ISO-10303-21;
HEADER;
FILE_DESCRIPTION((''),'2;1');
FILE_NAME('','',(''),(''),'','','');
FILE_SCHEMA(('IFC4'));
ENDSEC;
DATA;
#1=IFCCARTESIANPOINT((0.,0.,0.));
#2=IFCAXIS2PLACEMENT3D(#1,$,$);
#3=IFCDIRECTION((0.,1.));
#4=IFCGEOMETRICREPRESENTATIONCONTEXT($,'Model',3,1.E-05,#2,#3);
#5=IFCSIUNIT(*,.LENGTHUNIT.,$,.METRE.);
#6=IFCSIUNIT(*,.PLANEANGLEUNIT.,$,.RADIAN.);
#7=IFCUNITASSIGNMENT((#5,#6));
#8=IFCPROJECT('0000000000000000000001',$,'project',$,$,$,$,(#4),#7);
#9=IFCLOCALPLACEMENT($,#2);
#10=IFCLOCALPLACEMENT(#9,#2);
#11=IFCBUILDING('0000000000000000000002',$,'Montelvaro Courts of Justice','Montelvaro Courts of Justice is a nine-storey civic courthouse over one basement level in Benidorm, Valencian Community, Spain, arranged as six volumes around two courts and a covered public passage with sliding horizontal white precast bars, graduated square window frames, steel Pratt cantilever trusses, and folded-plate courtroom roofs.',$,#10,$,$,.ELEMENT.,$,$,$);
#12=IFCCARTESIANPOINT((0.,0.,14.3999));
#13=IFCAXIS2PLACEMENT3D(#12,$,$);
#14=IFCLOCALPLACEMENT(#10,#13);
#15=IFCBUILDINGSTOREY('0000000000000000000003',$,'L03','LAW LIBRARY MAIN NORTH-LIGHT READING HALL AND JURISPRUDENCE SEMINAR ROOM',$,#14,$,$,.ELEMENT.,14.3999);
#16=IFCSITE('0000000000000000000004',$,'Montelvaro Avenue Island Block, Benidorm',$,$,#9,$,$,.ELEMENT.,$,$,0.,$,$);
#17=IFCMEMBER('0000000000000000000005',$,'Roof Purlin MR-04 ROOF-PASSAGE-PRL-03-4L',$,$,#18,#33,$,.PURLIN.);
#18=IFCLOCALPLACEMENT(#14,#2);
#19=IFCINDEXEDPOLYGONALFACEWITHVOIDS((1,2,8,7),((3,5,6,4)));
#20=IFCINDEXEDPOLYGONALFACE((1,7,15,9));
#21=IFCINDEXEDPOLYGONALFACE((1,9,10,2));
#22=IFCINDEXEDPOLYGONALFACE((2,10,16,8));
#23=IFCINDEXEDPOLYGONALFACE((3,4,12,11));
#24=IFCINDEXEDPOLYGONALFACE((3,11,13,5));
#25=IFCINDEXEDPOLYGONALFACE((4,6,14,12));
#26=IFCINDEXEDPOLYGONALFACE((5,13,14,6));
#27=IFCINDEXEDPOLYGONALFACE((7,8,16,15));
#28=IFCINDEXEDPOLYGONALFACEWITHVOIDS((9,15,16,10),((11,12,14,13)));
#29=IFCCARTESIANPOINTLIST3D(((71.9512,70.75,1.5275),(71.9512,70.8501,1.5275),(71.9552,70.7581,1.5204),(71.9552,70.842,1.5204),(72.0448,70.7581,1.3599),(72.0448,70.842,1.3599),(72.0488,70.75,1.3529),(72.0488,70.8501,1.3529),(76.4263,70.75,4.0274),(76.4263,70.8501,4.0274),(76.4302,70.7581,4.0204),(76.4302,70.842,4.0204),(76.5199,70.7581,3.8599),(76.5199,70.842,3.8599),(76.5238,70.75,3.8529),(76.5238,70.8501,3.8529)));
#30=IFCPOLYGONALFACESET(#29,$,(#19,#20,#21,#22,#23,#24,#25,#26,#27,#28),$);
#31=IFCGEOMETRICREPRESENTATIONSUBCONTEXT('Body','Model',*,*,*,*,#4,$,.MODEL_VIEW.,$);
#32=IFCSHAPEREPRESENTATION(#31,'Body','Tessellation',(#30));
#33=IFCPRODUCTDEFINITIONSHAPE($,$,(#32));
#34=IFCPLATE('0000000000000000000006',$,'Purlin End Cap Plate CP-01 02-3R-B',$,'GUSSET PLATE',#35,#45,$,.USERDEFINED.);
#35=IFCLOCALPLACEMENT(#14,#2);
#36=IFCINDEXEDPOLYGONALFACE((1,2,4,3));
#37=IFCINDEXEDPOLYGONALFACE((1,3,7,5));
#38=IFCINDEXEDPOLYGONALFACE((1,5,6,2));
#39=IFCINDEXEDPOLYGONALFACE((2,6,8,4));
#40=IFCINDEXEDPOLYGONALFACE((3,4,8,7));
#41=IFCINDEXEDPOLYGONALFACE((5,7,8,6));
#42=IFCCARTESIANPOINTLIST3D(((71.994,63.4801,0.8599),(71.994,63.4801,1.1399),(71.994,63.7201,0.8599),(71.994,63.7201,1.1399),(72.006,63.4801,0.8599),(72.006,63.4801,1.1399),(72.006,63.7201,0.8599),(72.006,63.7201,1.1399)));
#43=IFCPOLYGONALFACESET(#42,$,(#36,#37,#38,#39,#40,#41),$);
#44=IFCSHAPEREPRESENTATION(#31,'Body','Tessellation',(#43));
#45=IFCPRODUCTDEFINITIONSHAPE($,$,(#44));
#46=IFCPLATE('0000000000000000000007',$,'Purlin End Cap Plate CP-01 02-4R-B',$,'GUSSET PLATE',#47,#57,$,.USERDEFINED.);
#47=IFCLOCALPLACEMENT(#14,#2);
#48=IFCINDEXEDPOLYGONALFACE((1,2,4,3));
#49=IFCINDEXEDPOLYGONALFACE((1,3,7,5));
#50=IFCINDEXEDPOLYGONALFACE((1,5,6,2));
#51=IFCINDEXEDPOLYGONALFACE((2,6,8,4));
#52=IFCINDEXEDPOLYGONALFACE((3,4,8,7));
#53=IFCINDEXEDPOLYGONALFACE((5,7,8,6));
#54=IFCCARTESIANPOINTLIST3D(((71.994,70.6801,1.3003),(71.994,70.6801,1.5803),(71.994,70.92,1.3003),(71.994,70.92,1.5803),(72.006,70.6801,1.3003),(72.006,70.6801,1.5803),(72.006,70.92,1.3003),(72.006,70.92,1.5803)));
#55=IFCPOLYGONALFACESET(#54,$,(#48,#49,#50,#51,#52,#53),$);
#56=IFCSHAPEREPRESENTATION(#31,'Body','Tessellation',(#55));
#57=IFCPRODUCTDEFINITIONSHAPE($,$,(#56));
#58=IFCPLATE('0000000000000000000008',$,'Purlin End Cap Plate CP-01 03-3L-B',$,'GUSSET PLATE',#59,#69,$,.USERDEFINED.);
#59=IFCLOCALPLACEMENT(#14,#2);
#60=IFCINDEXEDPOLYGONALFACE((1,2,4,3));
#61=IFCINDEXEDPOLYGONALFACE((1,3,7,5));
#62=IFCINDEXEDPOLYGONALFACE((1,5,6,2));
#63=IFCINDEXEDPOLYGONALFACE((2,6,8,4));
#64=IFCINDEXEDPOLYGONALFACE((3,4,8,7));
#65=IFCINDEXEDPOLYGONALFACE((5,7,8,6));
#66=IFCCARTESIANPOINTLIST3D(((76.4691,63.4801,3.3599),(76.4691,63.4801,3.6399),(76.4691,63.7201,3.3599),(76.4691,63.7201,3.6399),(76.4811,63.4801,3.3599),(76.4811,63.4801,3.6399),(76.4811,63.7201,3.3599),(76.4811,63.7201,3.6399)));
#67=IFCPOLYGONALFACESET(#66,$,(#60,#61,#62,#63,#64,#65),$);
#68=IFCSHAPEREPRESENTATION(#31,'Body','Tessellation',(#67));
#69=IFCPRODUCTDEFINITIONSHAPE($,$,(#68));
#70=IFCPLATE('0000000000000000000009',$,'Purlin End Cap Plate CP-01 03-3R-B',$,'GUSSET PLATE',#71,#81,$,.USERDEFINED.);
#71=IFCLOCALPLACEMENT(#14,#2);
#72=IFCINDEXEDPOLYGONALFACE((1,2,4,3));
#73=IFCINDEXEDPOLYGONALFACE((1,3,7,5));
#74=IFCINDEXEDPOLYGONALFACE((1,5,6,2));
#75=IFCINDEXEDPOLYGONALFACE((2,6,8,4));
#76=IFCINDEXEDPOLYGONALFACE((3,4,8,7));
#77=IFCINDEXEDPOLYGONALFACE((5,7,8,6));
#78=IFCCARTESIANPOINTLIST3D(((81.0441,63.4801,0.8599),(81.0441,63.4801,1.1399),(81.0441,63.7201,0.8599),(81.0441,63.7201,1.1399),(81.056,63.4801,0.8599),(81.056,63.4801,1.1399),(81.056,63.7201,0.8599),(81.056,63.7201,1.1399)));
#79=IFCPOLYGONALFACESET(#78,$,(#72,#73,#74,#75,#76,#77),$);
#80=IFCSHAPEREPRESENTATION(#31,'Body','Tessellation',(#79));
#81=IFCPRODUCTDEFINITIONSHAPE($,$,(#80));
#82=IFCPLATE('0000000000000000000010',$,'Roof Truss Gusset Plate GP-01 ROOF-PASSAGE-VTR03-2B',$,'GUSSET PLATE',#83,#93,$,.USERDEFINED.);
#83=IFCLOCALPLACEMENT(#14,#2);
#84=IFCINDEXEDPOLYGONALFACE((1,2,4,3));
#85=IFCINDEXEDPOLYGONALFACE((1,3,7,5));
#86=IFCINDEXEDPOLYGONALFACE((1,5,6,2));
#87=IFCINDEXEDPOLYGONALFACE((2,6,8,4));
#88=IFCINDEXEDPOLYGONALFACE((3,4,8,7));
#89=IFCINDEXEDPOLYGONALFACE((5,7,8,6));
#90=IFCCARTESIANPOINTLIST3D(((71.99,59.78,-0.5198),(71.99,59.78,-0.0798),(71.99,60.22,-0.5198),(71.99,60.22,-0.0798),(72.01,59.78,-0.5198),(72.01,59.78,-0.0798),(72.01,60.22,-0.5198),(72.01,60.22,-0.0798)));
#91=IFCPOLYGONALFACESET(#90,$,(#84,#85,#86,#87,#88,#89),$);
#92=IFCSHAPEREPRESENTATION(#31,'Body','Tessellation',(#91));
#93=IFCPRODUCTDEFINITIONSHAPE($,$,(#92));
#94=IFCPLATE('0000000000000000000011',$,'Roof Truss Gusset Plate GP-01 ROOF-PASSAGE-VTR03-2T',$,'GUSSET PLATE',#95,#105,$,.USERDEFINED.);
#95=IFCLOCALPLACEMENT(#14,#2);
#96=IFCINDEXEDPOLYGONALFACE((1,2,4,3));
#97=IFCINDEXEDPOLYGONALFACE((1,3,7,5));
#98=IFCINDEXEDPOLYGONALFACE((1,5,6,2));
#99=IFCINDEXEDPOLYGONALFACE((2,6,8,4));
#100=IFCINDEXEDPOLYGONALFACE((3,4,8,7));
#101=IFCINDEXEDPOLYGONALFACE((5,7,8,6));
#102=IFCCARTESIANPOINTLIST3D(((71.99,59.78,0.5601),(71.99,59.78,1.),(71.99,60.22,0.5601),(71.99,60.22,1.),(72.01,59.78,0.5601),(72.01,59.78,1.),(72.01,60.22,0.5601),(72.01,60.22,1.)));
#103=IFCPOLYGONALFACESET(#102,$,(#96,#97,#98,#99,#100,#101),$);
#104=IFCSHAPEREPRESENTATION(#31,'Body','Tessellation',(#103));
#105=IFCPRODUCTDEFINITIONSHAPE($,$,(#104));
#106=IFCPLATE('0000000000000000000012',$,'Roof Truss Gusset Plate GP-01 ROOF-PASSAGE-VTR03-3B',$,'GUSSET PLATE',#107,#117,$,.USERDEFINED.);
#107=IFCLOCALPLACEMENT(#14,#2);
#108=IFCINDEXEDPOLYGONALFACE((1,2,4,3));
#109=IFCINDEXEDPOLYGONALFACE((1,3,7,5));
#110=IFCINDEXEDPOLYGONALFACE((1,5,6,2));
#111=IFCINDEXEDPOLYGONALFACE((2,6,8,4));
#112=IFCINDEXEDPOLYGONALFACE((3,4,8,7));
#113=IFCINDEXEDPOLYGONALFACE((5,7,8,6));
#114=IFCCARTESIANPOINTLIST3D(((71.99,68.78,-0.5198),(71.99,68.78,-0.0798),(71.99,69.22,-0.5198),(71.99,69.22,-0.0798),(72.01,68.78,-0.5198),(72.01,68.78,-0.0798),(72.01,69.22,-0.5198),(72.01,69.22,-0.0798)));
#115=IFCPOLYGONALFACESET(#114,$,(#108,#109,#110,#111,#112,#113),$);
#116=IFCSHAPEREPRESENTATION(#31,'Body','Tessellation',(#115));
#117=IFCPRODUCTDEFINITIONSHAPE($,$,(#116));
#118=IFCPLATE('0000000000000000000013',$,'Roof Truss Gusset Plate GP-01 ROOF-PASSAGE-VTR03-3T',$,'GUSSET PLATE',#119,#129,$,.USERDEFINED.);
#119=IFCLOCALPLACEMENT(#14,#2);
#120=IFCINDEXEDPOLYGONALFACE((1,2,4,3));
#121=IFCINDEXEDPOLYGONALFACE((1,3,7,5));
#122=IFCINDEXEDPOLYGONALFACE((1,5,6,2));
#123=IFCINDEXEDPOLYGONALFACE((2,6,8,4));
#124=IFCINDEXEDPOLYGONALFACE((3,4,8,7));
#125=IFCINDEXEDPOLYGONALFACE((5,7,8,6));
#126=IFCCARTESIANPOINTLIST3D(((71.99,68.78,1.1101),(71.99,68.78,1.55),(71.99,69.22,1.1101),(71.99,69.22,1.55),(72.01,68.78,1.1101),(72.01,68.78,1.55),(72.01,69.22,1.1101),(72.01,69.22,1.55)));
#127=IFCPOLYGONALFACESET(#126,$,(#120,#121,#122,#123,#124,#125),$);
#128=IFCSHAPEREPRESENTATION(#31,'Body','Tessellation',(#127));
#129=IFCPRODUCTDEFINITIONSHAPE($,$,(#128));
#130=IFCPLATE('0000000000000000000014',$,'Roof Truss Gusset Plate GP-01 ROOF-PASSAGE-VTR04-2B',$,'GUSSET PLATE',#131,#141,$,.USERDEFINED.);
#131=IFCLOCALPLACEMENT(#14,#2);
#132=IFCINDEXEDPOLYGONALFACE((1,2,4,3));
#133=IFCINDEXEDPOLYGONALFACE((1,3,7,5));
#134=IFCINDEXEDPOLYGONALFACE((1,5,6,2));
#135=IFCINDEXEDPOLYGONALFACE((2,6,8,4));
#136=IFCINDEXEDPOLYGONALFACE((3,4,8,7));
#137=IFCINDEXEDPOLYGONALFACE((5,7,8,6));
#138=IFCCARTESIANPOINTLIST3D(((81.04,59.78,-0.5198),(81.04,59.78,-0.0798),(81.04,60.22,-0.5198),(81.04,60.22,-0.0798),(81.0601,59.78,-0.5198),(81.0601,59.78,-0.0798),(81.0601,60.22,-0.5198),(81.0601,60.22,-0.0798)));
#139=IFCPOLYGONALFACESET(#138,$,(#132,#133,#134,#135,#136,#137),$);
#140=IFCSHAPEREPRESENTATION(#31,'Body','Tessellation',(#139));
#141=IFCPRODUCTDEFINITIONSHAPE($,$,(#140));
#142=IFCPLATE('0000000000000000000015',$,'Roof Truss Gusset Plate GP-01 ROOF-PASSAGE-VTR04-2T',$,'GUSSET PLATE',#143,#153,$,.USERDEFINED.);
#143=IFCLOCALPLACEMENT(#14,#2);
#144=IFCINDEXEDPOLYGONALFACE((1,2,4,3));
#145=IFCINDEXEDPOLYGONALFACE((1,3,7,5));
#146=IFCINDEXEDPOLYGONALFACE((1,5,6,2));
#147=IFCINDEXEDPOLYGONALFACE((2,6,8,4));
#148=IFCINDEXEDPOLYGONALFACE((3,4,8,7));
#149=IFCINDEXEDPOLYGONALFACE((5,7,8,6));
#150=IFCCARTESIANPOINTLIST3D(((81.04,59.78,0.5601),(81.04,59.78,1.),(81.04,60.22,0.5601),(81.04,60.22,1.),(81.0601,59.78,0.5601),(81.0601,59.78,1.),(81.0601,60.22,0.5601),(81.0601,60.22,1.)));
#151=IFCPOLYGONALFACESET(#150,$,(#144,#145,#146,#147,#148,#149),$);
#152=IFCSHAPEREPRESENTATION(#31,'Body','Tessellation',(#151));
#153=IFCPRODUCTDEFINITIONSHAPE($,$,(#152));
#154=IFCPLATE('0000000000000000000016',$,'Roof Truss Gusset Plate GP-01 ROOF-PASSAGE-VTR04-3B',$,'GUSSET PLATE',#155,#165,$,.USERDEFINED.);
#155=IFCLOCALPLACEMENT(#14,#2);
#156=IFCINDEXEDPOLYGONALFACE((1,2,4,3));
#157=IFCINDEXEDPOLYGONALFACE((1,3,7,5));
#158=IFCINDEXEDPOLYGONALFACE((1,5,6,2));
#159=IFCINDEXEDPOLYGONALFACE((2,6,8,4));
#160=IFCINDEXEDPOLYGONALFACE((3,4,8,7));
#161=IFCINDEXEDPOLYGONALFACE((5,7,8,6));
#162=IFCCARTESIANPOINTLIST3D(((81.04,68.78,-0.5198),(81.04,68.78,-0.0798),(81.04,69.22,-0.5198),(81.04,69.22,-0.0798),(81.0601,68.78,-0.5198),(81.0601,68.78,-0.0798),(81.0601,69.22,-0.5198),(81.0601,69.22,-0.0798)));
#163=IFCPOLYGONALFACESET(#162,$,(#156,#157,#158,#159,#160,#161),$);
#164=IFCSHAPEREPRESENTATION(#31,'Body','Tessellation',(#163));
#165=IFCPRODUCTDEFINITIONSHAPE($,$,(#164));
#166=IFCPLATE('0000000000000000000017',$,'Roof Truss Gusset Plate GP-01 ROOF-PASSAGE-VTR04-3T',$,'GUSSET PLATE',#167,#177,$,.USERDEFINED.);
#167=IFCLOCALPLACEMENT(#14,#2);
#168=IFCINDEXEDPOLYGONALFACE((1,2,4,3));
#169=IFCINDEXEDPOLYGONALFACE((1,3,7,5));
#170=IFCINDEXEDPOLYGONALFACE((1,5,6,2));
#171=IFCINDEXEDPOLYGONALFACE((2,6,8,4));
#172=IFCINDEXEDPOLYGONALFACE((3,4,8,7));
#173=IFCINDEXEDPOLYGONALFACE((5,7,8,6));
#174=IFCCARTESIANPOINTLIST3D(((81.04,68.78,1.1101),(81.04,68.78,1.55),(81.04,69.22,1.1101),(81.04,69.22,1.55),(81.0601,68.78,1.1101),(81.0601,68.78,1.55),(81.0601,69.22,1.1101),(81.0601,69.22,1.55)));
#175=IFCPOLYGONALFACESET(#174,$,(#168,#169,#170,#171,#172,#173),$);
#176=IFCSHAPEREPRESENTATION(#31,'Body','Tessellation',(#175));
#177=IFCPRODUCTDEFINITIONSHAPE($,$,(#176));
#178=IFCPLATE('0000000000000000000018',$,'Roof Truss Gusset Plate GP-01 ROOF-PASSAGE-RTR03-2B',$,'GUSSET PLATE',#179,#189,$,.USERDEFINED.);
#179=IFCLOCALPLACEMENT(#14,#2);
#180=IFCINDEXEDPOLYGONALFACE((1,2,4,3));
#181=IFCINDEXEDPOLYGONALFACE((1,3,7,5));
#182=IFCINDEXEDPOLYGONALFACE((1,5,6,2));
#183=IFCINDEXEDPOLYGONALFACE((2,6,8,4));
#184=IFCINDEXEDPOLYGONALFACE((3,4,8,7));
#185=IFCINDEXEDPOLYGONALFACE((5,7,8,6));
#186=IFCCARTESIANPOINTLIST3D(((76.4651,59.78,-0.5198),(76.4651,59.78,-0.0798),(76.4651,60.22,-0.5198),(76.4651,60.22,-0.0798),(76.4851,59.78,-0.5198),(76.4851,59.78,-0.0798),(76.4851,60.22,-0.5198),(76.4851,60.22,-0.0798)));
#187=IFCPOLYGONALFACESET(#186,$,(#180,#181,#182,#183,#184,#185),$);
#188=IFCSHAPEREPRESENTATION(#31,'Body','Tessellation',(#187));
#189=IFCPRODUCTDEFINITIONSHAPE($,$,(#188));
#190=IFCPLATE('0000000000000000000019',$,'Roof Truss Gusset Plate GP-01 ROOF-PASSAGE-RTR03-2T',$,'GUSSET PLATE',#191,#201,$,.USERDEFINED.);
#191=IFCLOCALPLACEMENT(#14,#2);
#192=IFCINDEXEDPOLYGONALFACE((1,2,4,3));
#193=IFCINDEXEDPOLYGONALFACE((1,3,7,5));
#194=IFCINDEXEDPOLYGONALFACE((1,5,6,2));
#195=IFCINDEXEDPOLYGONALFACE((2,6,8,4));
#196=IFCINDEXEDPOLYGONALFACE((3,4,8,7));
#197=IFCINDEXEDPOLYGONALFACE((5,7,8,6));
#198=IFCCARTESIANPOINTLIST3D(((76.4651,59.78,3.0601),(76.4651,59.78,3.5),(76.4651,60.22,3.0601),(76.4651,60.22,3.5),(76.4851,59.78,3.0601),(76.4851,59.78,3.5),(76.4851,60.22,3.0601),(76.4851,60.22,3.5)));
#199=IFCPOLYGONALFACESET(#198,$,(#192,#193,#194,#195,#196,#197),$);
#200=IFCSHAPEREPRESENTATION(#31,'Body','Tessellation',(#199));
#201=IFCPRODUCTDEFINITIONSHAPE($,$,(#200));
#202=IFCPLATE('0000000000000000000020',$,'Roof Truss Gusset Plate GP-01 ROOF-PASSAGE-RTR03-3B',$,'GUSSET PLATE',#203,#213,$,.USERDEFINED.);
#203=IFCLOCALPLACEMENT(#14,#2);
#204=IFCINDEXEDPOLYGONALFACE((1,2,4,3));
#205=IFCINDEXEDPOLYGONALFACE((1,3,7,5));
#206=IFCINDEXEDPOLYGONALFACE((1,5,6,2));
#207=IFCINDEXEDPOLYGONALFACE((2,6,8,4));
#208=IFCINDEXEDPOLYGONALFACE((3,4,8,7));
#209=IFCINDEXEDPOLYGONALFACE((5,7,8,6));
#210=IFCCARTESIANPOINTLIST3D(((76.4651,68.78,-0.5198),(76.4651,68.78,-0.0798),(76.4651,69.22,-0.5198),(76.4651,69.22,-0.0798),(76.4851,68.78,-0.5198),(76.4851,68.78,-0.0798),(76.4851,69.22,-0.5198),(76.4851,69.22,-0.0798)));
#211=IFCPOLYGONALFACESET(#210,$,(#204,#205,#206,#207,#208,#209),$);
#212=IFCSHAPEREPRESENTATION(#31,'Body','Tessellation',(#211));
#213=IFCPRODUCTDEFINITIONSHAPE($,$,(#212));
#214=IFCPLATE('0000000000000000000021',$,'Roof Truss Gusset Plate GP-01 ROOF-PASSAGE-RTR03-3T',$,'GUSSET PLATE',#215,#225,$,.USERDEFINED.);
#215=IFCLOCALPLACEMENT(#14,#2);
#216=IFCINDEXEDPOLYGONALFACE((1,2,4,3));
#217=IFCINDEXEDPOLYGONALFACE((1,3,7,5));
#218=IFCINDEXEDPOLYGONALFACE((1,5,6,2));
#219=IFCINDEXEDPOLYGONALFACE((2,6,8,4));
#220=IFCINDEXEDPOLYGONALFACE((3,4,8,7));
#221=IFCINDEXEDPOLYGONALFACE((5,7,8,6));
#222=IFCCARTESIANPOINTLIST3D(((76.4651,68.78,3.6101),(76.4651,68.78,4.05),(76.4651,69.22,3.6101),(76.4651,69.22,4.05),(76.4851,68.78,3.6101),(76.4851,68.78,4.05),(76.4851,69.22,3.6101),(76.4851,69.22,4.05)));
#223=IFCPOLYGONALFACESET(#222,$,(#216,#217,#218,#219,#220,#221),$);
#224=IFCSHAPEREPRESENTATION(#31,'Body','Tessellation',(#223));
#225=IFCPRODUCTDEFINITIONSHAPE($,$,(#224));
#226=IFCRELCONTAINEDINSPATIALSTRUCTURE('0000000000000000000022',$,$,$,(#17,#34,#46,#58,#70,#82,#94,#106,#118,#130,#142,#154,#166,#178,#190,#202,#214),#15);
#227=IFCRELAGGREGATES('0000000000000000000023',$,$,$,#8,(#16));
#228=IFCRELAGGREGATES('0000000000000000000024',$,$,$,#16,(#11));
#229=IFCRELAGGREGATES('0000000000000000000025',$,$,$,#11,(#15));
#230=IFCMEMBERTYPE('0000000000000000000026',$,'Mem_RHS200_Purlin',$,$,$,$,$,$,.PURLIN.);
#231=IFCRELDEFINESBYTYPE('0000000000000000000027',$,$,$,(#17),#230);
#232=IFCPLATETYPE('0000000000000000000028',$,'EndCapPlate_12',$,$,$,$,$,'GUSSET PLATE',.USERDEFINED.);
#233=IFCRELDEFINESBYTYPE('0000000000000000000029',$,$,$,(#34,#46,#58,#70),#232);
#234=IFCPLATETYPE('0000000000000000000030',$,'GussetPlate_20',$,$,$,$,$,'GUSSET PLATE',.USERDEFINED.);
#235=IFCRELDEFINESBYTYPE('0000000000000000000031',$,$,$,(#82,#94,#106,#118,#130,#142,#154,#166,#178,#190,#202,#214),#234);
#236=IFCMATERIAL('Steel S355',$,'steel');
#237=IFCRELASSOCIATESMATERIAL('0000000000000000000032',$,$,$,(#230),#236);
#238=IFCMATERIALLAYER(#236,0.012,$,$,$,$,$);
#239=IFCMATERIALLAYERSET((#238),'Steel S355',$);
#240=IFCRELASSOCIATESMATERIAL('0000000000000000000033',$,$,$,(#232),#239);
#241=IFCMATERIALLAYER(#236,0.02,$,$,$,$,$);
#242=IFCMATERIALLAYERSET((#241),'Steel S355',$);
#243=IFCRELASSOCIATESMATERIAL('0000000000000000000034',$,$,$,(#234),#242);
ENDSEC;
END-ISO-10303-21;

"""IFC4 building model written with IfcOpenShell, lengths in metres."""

from ifc_helpers import new_model, si_unit, direction, frame, origin, origin_2d, place, context, subcontext, project, spatial, rectangle, hollow_rectangle, extrude, material, layer, layer_set, material_profile, profile_set, type_object, element, save


model = new_model("IFC4")

# Units and contexts
model_context = context("Model", 3, precision=1e-05, world=origin(), true_north=direction((0.0, 1.0)))
body_context = subcontext(model_context, "Body", "Model", "MODEL_VIEW")
ifc_project = project(units=[si_unit("LENGTHUNIT", "METRE"), si_unit("PLANEANGLEUNIT", "RADIAN")], contexts=[model_context])

# Site, building, storey
site_placement = place(None, origin())
site = spatial("IfcSite", under=ifc_project, at=site_placement, Name="Montelvaro Avenue Island Block, Benidorm", CompositionType="ELEMENT", RefElevation=0.0)
building_placement = place(site_placement, origin())
building = spatial("IfcBuilding", under=site, at=building_placement, Name="Montelvaro Courts of Justice", Description="Montelvaro Courts of Justice is a nine-storey civic courthouse over one basement level in Benidorm, Valencian Community, Spain, arranged as six volumes around two courts and a covered public passage with sliding horizontal white precast bars, graduated square window frames, steel Pratt cantilever trusses, and folded-plate courtroom roofs.", CompositionType="ELEMENT")
storey_placement = place(building_placement, frame((0.0, 0.0, 14.3999)))
storey = spatial("IfcBuildingStorey", under=building, at=storey_placement, Name="L03", Description="LAW LIBRARY MAIN NORTH-LIGHT READING HALL AND JURISPRUDENCE SEMINAR ROOM", CompositionType="ELEMENT", Elevation=14.3999)

# Member
ifc_material = material(Name="Steel S355", Category="steel")
ifc_material_profile_1 = material_profile(ifc_material, hollow_rectangle(XDim=0.1001, YDim=0.2, WallThickness=0.0081, at=origin_2d()), Name="RHS 200x100x8")
ifc_profile_set_1 = profile_set([ifc_material_profile_1], Name="Steel S355")
member_type_1 = type_object("IfcMemberType", Name="Mem_RHS200_Purlin", PredefinedType="PURLIN", material=ifc_profile_set_1)
member_1_placement = place(storey_placement, frame((72.0, 70.8, 1.4402), z_axis=(0.873009, 0.0, 0.487704), x_axis=(0.0, 1.0, 0.0)))
element("IfcMember", 1, at=member_1_placement, inside=storey, type_object=member_type_1, Name="Roof Purlin MR-04 ROOF-PASSAGE-PRL-03-4L", PredefinedType="PURLIN", context=body_context, shape_type="SweptSolid", body=[
    extrude(hollow_rectangle(XDim=0.1001, YDim=0.2, WallThickness=0.0081, at=origin_2d()), origin(), (0.0, 0.0, 1.0), 5.126),
])

# Plates
ifc_layer_1 = layer(ifc_material, 0.012)
ifc_layer_set_1 = layer_set([ifc_layer_1], Name="Steel S355")
plate_type_1 = type_object("IfcPlateType", Name="EndCapPlate_12", ElementType="GUSSET PLATE", PredefinedType="USERDEFINED", material=ifc_layer_set_1)
for number, where, z_axis, x_axis, name in (
    (2, (72.0, 63.6001, 0.8599), (0.0, 0.0, 1.0), (1.0, 0.0, 0.0), "Purlin End Cap Plate CP-01 02-3R-B"),
    (3, (72.0, 70.8, 1.3003), (0.0, 0.0, 1.0), (1.0, 0.0, 0.0), "Purlin End Cap Plate CP-01 02-4R-B"),
    (4, (76.4751, 63.6001, 3.3599), (0.0, 0.0, 1.0), (1.0, 0.0, 0.0), "Purlin End Cap Plate CP-01 03-3L-B"),
    (5, (81.05, 63.6001, 0.8599), (0.0, 0.0, 1.0), (1.0, 0.0, 0.0), "Purlin End Cap Plate CP-01 03-3R-B"),
):
    element("IfcPlate", number, at=place(storey_placement, frame(where, z_axis=z_axis, x_axis=x_axis)), inside=storey, type_object=plate_type_1, Name=name, ObjectType="GUSSET PLATE", PredefinedType="USERDEFINED", context=body_context, shape_type="SweptSolid", body=[
        extrude(rectangle(XDim=0.012, YDim=0.24, at=origin_2d()), origin(), (0.0, 0.0, 1.0), 0.28),
    ])
ifc_layer_2 = layer(ifc_material, 0.02)
ifc_layer_set_2 = layer_set([ifc_layer_2], Name="Steel S355")
plate_type_2 = type_object("IfcPlateType", Name="GussetPlate_20", ElementType="GUSSET PLATE", PredefinedType="USERDEFINED", material=ifc_layer_set_2)
for number, where, z_axis, x_axis, name in (
    (6, (72.0, 60.0, -0.5198), (0.0, 0.0, 1.0), (1.0, 0.0, 0.0), "Roof Truss Gusset Plate GP-01 ROOF-PASSAGE-VTR03-2B"),
    (7, (72.0, 60.0, 0.5601), (0.0, 0.0, 1.0), (1.0, 0.0, 0.0), "Roof Truss Gusset Plate GP-01 ROOF-PASSAGE-VTR03-2T"),
    (8, (72.0, 69.0, -0.5198), (0.0, 0.0, 1.0), (1.0, 0.0, 0.0), "Roof Truss Gusset Plate GP-01 ROOF-PASSAGE-VTR03-3B"),
    (9, (72.0, 69.0, 1.1101), (0.0, 0.0, 1.0), (1.0, 0.0, 0.0), "Roof Truss Gusset Plate GP-01 ROOF-PASSAGE-VTR03-3T"),
    (10, (81.05, 60.0, -0.5198), (0.0, 0.0, 1.0), (1.0, 0.0, 0.0), "Roof Truss Gusset Plate GP-01 ROOF-PASSAGE-VTR04-2B"),
    (11, (81.05, 60.0, 0.5601), (0.0, 0.0, 1.0), (1.0, 0.0, 0.0), "Roof Truss Gusset Plate GP-01 ROOF-PASSAGE-VTR04-2T"),
    (12, (81.05, 69.0, -0.5198), (0.0, 0.0, 1.0), (1.0, 0.0, 0.0), "Roof Truss Gusset Plate GP-01 ROOF-PASSAGE-VTR04-3B"),
    (13, (81.05, 69.0, 1.1101), (0.0, 0.0, 1.0), (1.0, 0.0, 0.0), "Roof Truss Gusset Plate GP-01 ROOF-PASSAGE-VTR04-3T"),
    (14, (76.4751, 60.0, -0.5198), (0.0, 0.0, 1.0), (1.0, 0.0, 0.0), "Roof Truss Gusset Plate GP-01 ROOF-PASSAGE-RTR03-2B"),
    (15, (76.4751, 60.0, 3.0601), (0.0, 0.0, 1.0), (1.0, 0.0, 0.0), "Roof Truss Gusset Plate GP-01 ROOF-PASSAGE-RTR03-2T"),
    (16, (76.4751, 69.0, -0.5198), (0.0, 0.0, 1.0), (1.0, 0.0, 0.0), "Roof Truss Gusset Plate GP-01 ROOF-PASSAGE-RTR03-3B"),
    (17, (76.4751, 69.0, 3.6101), (0.0, 0.0, 1.0), (1.0, 0.0, 0.0), "Roof Truss Gusset Plate GP-01 ROOF-PASSAGE-RTR03-3T"),
):
    element("IfcPlate", number, at=place(storey_placement, frame(where, z_axis=z_axis, x_axis=x_axis)), inside=storey, type_object=plate_type_2, Name=name, ObjectType="GUSSET PLATE", PredefinedType="USERDEFINED", context=body_context, shape_type="SweptSolid", body=[
        extrude(rectangle(XDim=0.02, YDim=0.4399, at=origin_2d()), origin(), (0.0, 0.0, 1.0), 0.4399),
    ])

save(model, "model.ifc")
